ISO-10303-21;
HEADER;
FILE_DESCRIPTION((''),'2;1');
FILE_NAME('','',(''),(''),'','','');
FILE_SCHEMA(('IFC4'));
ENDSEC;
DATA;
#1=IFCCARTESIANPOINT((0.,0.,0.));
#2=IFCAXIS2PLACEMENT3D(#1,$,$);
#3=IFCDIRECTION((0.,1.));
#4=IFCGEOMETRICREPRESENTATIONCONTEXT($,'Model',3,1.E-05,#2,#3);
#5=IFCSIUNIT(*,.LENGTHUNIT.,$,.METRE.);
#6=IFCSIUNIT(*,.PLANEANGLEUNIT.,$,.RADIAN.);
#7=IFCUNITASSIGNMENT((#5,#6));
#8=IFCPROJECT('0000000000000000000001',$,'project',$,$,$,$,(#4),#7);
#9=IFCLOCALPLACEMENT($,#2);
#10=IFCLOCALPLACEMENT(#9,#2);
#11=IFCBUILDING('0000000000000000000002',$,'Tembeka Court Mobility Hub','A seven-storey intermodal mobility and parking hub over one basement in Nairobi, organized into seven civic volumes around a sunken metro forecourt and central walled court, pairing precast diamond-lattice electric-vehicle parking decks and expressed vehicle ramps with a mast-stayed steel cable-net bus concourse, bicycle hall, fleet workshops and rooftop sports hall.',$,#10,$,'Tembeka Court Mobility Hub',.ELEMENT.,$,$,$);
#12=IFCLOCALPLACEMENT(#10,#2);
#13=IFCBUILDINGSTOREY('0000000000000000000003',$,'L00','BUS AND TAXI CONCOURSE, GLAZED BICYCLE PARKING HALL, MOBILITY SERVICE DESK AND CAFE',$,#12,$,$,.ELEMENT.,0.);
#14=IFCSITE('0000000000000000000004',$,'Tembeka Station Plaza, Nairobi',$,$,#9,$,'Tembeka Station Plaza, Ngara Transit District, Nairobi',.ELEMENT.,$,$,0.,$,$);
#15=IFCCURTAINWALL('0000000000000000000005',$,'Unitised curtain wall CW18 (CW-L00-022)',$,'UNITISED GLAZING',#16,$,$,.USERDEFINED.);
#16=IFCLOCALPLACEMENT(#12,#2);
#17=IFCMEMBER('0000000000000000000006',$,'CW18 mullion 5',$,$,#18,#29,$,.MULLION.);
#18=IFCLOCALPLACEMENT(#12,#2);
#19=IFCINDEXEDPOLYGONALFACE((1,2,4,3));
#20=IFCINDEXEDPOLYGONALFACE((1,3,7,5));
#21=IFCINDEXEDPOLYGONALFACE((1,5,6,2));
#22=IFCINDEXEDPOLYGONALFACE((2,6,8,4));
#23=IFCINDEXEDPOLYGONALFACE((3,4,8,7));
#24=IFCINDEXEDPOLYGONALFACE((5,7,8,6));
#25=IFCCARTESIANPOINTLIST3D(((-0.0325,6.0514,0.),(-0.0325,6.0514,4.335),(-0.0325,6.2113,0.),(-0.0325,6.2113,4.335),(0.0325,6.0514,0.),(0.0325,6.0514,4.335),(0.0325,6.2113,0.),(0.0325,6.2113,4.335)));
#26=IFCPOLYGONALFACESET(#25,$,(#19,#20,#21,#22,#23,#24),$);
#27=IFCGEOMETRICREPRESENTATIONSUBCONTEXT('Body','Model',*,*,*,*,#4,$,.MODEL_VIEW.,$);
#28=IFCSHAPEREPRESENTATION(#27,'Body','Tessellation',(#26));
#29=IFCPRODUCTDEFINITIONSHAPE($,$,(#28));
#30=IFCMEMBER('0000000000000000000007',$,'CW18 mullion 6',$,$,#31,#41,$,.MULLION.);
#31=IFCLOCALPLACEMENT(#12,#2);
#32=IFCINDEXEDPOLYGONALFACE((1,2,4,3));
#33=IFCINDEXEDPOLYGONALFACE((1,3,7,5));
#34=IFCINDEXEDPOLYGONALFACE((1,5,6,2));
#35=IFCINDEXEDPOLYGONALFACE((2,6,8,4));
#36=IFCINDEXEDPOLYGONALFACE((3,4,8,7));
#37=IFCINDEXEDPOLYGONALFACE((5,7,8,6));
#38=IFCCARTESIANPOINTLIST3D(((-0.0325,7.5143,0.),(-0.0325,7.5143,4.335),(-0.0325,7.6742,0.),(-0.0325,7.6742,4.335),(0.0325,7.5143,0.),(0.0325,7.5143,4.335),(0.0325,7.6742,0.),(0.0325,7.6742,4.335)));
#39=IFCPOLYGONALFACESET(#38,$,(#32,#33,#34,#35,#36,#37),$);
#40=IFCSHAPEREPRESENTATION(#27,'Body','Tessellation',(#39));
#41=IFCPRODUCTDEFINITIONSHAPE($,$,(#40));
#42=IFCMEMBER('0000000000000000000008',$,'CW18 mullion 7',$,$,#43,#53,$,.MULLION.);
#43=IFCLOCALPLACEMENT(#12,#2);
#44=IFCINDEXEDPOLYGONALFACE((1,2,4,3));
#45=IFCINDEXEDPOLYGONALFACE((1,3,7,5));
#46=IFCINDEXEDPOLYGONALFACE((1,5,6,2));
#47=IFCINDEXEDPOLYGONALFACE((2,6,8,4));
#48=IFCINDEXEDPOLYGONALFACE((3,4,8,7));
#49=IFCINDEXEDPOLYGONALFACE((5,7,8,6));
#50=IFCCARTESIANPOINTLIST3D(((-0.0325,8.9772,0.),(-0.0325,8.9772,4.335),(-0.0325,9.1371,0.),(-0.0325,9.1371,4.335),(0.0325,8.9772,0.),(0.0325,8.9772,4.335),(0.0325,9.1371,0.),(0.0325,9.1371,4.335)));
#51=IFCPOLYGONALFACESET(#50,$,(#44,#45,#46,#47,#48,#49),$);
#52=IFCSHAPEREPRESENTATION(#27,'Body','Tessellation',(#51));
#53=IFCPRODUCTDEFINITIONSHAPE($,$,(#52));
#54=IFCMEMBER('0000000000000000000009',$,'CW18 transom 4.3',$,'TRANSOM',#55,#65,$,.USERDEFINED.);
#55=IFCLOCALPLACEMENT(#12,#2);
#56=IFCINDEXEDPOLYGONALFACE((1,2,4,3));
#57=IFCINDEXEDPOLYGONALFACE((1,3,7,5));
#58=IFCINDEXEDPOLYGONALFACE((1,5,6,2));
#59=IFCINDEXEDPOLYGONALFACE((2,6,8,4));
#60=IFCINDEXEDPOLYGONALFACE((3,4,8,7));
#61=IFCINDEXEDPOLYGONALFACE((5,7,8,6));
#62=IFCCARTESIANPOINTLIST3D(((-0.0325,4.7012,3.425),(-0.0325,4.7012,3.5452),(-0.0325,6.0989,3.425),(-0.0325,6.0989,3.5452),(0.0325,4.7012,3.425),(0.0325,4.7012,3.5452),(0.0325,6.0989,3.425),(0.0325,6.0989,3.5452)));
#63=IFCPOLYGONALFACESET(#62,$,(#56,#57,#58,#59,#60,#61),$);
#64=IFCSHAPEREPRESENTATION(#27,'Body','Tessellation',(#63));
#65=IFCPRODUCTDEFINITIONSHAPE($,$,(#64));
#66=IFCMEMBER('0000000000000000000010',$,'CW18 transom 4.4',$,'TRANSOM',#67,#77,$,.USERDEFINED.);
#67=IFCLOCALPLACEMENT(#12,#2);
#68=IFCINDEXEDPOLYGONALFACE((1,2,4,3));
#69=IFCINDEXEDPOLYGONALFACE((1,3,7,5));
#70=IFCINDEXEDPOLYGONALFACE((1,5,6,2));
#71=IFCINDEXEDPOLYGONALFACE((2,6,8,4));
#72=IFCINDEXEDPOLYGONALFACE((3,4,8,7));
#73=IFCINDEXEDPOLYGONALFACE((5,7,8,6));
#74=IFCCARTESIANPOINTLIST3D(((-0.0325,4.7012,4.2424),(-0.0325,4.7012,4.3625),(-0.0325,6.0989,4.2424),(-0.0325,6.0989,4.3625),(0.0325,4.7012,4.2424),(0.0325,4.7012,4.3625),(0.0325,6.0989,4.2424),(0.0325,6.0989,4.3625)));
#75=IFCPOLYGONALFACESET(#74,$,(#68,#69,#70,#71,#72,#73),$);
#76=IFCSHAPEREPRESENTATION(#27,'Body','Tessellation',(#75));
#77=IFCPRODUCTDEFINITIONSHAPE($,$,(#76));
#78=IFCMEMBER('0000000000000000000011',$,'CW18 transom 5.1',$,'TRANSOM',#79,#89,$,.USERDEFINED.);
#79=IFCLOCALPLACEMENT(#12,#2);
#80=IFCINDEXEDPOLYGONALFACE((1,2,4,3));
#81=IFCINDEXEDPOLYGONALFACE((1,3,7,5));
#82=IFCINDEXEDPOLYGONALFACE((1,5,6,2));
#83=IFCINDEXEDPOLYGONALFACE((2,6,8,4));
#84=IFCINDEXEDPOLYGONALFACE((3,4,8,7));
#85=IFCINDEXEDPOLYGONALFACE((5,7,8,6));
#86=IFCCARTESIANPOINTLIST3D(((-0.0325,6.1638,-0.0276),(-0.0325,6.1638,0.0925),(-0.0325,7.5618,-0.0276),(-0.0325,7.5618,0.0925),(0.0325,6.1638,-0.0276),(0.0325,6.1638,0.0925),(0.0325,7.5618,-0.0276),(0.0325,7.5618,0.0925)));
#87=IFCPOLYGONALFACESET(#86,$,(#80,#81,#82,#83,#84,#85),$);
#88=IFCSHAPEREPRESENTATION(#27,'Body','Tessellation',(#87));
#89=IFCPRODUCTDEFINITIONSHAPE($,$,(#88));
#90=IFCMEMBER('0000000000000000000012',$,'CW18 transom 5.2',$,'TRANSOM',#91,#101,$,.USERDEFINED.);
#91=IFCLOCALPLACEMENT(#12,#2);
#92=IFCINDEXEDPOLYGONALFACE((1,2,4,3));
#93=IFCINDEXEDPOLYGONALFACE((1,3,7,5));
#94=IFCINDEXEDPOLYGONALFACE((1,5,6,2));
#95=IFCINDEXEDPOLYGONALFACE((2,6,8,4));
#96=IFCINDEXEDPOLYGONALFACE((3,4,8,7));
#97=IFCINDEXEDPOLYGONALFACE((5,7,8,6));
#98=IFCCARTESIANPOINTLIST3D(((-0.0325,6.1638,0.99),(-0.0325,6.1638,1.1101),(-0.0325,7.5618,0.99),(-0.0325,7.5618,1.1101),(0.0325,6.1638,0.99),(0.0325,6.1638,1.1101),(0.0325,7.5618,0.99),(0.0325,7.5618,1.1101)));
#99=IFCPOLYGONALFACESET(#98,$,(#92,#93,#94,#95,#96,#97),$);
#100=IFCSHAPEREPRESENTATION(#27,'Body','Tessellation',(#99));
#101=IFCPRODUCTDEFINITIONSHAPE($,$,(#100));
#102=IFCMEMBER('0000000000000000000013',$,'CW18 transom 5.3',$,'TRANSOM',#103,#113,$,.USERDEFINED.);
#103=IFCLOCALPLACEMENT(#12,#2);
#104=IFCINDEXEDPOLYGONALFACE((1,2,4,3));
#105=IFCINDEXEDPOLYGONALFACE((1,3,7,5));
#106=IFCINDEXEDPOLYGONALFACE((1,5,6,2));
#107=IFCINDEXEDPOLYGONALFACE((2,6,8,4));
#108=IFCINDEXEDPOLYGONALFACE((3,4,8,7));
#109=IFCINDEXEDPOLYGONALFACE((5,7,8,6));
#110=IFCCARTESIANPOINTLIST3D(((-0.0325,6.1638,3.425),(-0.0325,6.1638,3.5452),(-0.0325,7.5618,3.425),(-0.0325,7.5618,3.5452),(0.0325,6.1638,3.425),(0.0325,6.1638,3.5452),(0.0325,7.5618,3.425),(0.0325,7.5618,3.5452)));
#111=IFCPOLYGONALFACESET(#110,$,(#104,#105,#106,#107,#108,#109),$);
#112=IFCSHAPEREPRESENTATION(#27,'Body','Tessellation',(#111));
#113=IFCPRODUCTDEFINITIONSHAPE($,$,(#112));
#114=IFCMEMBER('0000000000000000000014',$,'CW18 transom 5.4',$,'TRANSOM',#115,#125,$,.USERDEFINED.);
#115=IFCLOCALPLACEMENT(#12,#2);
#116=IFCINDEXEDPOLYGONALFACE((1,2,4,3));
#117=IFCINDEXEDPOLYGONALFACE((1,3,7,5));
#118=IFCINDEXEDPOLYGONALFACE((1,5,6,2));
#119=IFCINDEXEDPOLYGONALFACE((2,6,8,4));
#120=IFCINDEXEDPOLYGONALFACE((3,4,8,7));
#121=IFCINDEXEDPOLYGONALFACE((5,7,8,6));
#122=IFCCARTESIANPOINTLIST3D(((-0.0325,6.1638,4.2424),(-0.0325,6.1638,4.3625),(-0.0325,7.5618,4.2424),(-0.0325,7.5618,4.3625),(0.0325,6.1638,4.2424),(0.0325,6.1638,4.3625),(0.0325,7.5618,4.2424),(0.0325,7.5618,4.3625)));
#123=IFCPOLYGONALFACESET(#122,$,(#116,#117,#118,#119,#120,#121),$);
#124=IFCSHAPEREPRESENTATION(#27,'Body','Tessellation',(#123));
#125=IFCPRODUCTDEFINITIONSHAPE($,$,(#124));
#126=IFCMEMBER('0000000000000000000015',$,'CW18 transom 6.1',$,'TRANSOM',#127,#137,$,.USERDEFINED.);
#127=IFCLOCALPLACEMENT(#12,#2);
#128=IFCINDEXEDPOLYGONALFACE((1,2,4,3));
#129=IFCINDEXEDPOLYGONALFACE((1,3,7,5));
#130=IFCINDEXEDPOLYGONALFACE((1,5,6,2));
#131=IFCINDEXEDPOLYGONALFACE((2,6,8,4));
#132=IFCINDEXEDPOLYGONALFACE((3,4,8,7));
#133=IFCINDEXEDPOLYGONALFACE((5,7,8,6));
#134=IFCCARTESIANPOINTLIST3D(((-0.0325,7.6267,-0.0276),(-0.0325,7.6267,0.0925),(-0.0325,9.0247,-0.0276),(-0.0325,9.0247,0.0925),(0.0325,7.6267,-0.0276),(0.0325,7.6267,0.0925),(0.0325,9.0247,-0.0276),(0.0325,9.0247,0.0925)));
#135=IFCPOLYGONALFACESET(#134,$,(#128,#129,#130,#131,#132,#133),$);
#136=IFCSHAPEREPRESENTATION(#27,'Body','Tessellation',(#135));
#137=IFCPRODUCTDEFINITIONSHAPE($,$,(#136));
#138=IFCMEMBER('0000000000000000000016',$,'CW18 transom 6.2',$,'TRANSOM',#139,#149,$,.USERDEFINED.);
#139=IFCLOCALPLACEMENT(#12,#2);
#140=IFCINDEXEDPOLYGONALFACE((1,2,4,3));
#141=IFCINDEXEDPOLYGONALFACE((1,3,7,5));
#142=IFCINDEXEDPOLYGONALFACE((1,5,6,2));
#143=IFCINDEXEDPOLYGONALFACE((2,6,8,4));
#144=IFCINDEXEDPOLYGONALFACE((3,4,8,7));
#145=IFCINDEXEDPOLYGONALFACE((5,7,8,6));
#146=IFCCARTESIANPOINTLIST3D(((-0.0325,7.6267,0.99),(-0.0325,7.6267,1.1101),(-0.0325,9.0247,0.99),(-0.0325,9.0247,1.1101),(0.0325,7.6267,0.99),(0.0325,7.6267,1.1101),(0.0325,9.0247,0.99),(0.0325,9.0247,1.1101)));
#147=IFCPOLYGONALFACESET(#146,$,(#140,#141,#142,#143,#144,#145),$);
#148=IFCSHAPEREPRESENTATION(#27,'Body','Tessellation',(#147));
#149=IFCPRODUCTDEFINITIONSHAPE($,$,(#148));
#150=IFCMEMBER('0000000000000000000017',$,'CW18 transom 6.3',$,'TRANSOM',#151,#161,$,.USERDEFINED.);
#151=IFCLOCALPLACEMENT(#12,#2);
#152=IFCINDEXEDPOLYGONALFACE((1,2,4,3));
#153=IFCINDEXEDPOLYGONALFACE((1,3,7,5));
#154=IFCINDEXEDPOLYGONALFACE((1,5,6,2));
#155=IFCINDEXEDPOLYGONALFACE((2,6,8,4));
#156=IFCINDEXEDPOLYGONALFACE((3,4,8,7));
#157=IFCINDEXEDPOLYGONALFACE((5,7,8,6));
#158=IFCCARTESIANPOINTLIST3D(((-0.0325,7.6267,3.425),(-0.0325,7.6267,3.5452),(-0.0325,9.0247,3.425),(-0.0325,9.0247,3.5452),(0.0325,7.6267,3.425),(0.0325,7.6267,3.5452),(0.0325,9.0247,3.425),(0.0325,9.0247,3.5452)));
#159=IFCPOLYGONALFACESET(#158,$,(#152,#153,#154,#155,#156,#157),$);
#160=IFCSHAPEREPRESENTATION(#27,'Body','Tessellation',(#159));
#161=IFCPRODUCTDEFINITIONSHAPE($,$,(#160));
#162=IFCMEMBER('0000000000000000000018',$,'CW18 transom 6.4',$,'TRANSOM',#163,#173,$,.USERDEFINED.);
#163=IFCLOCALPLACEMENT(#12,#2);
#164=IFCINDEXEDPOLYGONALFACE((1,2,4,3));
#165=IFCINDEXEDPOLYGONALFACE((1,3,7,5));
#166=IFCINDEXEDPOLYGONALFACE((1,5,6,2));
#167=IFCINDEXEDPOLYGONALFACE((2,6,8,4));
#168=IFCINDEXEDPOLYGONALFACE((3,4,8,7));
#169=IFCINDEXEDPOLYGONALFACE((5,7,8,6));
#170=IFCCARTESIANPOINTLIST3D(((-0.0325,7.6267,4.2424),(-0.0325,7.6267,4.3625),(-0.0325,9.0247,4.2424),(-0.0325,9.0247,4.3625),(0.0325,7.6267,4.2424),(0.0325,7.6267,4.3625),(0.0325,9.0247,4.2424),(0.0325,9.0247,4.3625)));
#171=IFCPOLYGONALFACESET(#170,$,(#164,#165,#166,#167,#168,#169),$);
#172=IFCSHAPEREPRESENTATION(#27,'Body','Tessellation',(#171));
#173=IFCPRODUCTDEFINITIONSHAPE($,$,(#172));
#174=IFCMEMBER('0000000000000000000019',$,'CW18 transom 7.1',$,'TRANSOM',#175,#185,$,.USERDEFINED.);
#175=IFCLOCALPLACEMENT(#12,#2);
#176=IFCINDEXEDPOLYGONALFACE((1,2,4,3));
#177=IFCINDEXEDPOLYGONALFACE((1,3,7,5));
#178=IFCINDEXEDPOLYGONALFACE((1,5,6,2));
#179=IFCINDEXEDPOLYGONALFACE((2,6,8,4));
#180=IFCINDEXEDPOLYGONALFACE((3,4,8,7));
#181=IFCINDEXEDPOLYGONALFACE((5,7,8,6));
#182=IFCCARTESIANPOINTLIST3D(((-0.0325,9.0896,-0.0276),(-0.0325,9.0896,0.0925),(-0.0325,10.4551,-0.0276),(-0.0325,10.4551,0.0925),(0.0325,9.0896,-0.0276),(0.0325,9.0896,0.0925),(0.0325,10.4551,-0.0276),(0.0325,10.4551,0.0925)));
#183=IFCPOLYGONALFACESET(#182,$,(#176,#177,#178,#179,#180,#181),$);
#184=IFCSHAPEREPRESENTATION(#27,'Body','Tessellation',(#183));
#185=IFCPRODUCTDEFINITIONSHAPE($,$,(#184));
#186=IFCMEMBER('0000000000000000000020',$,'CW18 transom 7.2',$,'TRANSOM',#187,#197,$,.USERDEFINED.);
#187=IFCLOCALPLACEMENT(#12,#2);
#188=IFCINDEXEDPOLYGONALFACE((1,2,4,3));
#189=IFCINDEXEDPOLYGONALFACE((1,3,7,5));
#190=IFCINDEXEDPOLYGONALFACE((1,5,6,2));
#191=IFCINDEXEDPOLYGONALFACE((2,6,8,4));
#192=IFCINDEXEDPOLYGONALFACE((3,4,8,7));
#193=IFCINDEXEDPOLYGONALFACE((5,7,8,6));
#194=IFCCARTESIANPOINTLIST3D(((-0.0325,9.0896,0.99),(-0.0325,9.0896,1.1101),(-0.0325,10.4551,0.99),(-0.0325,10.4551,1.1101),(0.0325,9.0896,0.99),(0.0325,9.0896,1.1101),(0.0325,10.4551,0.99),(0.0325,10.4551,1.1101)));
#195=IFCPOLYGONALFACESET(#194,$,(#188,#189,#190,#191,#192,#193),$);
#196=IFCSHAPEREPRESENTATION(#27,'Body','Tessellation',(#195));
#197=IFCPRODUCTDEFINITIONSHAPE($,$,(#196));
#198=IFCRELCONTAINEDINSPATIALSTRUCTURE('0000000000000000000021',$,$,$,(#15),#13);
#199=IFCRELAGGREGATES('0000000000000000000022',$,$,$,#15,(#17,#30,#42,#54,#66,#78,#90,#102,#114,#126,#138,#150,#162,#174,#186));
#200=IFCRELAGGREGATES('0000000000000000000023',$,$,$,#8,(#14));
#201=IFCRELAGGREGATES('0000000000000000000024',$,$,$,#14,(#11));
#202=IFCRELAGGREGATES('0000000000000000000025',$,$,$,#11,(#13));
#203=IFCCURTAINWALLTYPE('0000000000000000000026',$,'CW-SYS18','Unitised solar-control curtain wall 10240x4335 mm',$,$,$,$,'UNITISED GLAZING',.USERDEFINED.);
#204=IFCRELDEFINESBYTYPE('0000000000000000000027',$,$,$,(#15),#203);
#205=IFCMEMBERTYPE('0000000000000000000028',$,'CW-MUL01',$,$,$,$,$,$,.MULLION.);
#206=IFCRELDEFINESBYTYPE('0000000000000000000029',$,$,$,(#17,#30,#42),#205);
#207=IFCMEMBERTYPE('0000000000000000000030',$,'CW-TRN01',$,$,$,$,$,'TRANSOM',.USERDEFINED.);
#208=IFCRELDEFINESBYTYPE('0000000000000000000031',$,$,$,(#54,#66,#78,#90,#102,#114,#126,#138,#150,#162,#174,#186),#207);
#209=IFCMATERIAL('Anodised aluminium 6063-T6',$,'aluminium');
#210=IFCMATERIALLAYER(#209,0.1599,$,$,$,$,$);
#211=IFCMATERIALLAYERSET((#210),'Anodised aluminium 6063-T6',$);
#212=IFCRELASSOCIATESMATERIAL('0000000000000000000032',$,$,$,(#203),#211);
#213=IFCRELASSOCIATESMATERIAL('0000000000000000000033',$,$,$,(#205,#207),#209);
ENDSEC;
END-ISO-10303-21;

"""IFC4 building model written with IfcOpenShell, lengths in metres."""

from ifc_helpers import new_model, si_unit, direction, frame, origin, origin_2d, place, context, subcontext, project, spatial, rectangle, extrude, material, layer, layer_set, material_profile, profile_set, type_object, element, aggregate, save


model = new_model("IFC4")

# Units and contexts
model_context = context("Model", 3, precision=1e-05, world=origin(), true_north=direction((0.0, 1.0)))
body_context = subcontext(model_context, "Body", "Model", "MODEL_VIEW")
ifc_project = project(units=[si_unit("LENGTHUNIT", "METRE"), si_unit("PLANEANGLEUNIT", "RADIAN")], contexts=[model_context])

# Site, building, storey
site_placement = place(None, origin())
site = spatial("IfcSite", under=ifc_project, at=site_placement, Name="Tembeka Station Plaza, Nairobi", LongName="Tembeka Station Plaza, Ngara Transit District, Nairobi", CompositionType="ELEMENT", RefElevation=0.0)
building_placement = place(site_placement, origin())
building = spatial("IfcBuilding", under=site, at=building_placement, Name="Tembeka Court Mobility Hub", Description="A seven-storey intermodal mobility and parking hub over one basement in Nairobi, organized into seven civic volumes around a sunken metro forecourt and central walled court, pairing precast diamond-lattice electric-vehicle parking decks and expressed vehicle ramps with a mast-stayed steel cable-net bus concourse, bicycle hall, fleet workshops and rooftop sports hall.", LongName="Tembeka Court Mobility Hub", CompositionType="ELEMENT")
storey_placement = place(building_placement, origin())
storey = spatial("IfcBuildingStorey", under=building, at=storey_placement, Name="L00", Description="BUS AND TAXI CONCOURSE, GLAZED BICYCLE PARKING HALL, MOBILITY SERVICE DESK AND CAFE", CompositionType="ELEMENT", Elevation=0.0)

# Curtain wall, members
ifc_material_1 = material(Name="Anodised aluminium 6063-T6", Category="aluminium")
ifc_layer_1 = layer(ifc_material_1, 0.1599)
ifc_layer_set_1 = layer_set([ifc_layer_1], Name="Anodised aluminium 6063-T6")
curtain_wall_type = type_object("IfcCurtainWallType", Name="CW-SYS18", Description="Unitised solar-control curtain wall 10240x4335 mm", ElementType="UNITISED GLAZING", PredefinedType="USERDEFINED", material=ifc_layer_set_1)
curtain_wall_placement = place(storey_placement, origin())
curtain_wall = element("IfcCurtainWall", 1, at=curtain_wall_placement, inside=storey, type_object=curtain_wall_type, Name="Unitised curtain wall CW18 (CW-L00-022)", ObjectType="UNITISED GLAZING", PredefinedType="USERDEFINED")
ifc_material_profile_1 = material_profile(ifc_material_1, rectangle(XDim=0.0649, YDim=0.1599, at=origin_2d()), Name="ALU-MUL 65x160")
ifc_profile_set_1 = profile_set([ifc_material_profile_1], Name="Anodised aluminium 6063-T6")
member_type_1 = type_object("IfcMemberType", Name="CW-MUL01", PredefinedType="MULLION", material=ifc_profile_set_1)
member_1_placement = place(storey_placement, frame((0.0, 6.1313, 0.0), z_axis=(0.0, 0.0, 1.0), x_axis=(-1.0, 0.0, 0.0)))
member_1 = element("IfcMember", 2, at=member_1_placement, type_object=member_type_1, Name="CW18 mullion 5", PredefinedType="MULLION", context=body_context, shape_type="SweptSolid", body=[
    extrude(rectangle(XDim=0.0649, YDim=0.1599, at=origin_2d()), origin(), (0.0, 0.0, 1.0), 4.335),
])
member_2_placement = place(storey_placement, frame((0.0, 7.5942, 0.0), z_axis=(0.0, 0.0, 1.0), x_axis=(-1.0, 0.0, 0.0)))
member_2 = element("IfcMember", 3, at=member_2_placement, type_object=member_type_1, Name="CW18 mullion 6", PredefinedType="MULLION", context=body_context, shape_type="SweptSolid", body=[
    extrude(rectangle(XDim=0.0649, YDim=0.1599, at=origin_2d()), origin(), (0.0, 0.0, 1.0), 4.335),
])
member_3_placement = place(storey_placement, frame((0.0, 9.0571, 0.0), z_axis=(0.0, 0.0, 1.0), x_axis=(-1.0, 0.0, 0.0)))
member_3 = element("IfcMember", 4, at=member_3_placement, type_object=member_type_1, Name="CW18 mullion 7", PredefinedType="MULLION", context=body_context, shape_type="SweptSolid", body=[
    extrude(rectangle(XDim=0.0649, YDim=0.1599, at=origin_2d()), origin(), (0.0, 0.0, 1.0), 4.335),
])
ifc_material_profile_2 = material_profile(ifc_material_1, rectangle(XDim=0.0649, YDim=0.1201, at=origin_2d()), Name="ALU-TRN 65x120")
ifc_profile_set_2 = profile_set([ifc_material_profile_2], Name="Anodised aluminium 6063-T6")
member_type_2 = type_object("IfcMemberType", Name="CW-TRN01", ElementType="TRANSOM", PredefinedType="USERDEFINED", material=ifc_profile_set_2)
member_4_placement = place(storey_placement, frame((0.0, 4.7012, 3.4851), z_axis=(0.0, 1.0, 0.0), x_axis=(-1.0, 0.0, 0.0)))
member_4 = element("IfcMember", 5, at=member_4_placement, type_object=member_type_2, Name="CW18 transom 4.3", ObjectType="TRANSOM", PredefinedType="USERDEFINED", context=body_context, shape_type="SweptSolid", body=[
    extrude(rectangle(XDim=0.0649, YDim=0.1201, at=origin_2d()), origin(), (0.0, 0.0, 1.0), 1.3977),
])
member_5_placement = place(storey_placement, frame((0.0, 4.7012, 4.3025), z_axis=(0.0, 1.0, 0.0), x_axis=(-1.0, 0.0, 0.0)))
member_5 = element("IfcMember", 6, at=member_5_placement, type_object=member_type_2, Name="CW18 transom 4.4", ObjectType="TRANSOM", PredefinedType="USERDEFINED", context=body_context, shape_type="SweptSolid", body=[
    extrude(rectangle(XDim=0.0649, YDim=0.1201, at=origin_2d()), origin(), (0.0, 0.0, 1.0), 1.3977),
])
member_6_placement = place(storey_placement, frame((0.0, 6.1638, 0.0325), z_axis=(0.0, 1.0, 0.0), x_axis=(-1.0, 0.0, 0.0)))
member_6 = element("IfcMember", 7, at=member_6_placement, type_object=member_type_2, Name="CW18 transom 5.1", ObjectType="TRANSOM", PredefinedType="USERDEFINED", context=body_context, shape_type="SweptSolid", body=[
    extrude(rectangle(XDim=0.0649, YDim=0.1201, at=origin_2d()), origin(), (0.0, 0.0, 1.0), 1.3979),
])
member_7_placement = place(storey_placement, frame((0.0, 6.1638, 1.05), z_axis=(0.0, 1.0, 0.0), x_axis=(-1.0, 0.0, 0.0)))
member_7 = element("IfcMember", 8, at=member_7_placement, type_object=member_type_2, Name="CW18 transom 5.2", ObjectType="TRANSOM", PredefinedType="USERDEFINED", context=body_context, shape_type="SweptSolid", body=[
    extrude(rectangle(XDim=0.0649, YDim=0.1201, at=origin_2d()), origin(), (0.0, 0.0, 1.0), 1.3979),
])
member_8_placement = place(storey_placement, frame((0.0, 6.1638, 3.4851), z_axis=(0.0, 1.0, 0.0), x_axis=(-1.0, 0.0, 0.0)))
member_8 = element("IfcMember", 9, at=member_8_placement, type_object=member_type_2, Name="CW18 transom 5.3", ObjectType="TRANSOM", PredefinedType="USERDEFINED", context=body_context, shape_type="SweptSolid", body=[
    extrude(rectangle(XDim=0.0649, YDim=0.1201, at=origin_2d()), origin(), (0.0, 0.0, 1.0), 1.3979),
])
member_9_placement = place(storey_placement, frame((0.0, 6.1638, 4.3025), z_axis=(0.0, 1.0, 0.0), x_axis=(-1.0, 0.0, 0.0)))
member_9 = element("IfcMember", 10, at=member_9_placement, type_object=member_type_2, Name="CW18 transom 5.4", ObjectType="TRANSOM", PredefinedType="USERDEFINED", context=body_context, shape_type="SweptSolid", body=[
    extrude(rectangle(XDim=0.0649, YDim=0.1201, at=origin_2d()), origin(), (0.0, 0.0, 1.0), 1.3979),
])
member_10_placement = place(storey_placement, frame((0.0, 7.6267, 0.0325), z_axis=(0.0, 1.0, 0.0), x_axis=(-1.0, 0.0, 0.0)))
member_10 = element("IfcMember", 11, at=member_10_placement, type_object=member_type_2, Name="CW18 transom 6.1", ObjectType="TRANSOM", PredefinedType="USERDEFINED", context=body_context, shape_type="SweptSolid", body=[
    extrude(rectangle(XDim=0.0649, YDim=0.1201, at=origin_2d()), origin(), (0.0, 0.0, 1.0), 1.3979),
])
member_11_placement = place(storey_placement, frame((0.0, 7.6267, 1.05), z_axis=(0.0, 1.0, 0.0), x_axis=(-1.0, 0.0, 0.0)))
member_11 = element("IfcMember", 12, at=member_11_placement, type_object=member_type_2, Name="CW18 transom 6.2", ObjectType="TRANSOM", PredefinedType="USERDEFINED", context=body_context, shape_type="SweptSolid", body=[
    extrude(rectangle(XDim=0.0649, YDim=0.1201, at=origin_2d()), origin(), (0.0, 0.0, 1.0), 1.3979),
])
member_12_placement = place(storey_placement, frame((0.0, 7.6267, 3.4851), z_axis=(0.0, 1.0, 0.0), x_axis=(-1.0, 0.0, 0.0)))
member_12 = element("IfcMember", 13, at=member_12_placement, type_object=member_type_2, Name="CW18 transom 6.3", ObjectType="TRANSOM", PredefinedType="USERDEFINED", context=body_context, shape_type="SweptSolid", body=[
    extrude(rectangle(XDim=0.0649, YDim=0.1201, at=origin_2d()), origin(), (0.0, 0.0, 1.0), 1.3979),
])
member_13_placement = place(storey_placement, frame((0.0, 7.6267, 4.3025), z_axis=(0.0, 1.0, 0.0), x_axis=(-1.0, 0.0, 0.0)))
member_13 = element("IfcMember", 14, at=member_13_placement, type_object=member_type_2, Name="CW18 transom 6.4", ObjectType="TRANSOM", PredefinedType="USERDEFINED", context=body_context, shape_type="SweptSolid", body=[
    extrude(rectangle(XDim=0.0649, YDim=0.1201, at=origin_2d()), origin(), (0.0, 0.0, 1.0), 1.3979),
])
member_14_placement = place(storey_placement, frame((0.0, 9.0896, 0.0325), z_axis=(0.0, 1.0, 0.0), x_axis=(-1.0, 0.0, 0.0)))
member_14 = element("IfcMember", 15, at=member_14_placement, type_object=member_type_2, Name="CW18 transom 7.1", ObjectType="TRANSOM", PredefinedType="USERDEFINED", context=body_context, shape_type="SweptSolid", body=[
    extrude(rectangle(XDim=0.0649, YDim=0.1201, at=origin_2d()), origin(), (0.0, 0.0, 1.0), 1.3655),
])
member_15_placement = place(storey_placement, frame((0.0, 9.0896, 1.05), z_axis=(0.0, 1.0, 0.0), x_axis=(-1.0, 0.0, 0.0)))
member_15 = element("IfcMember", 16, at=member_15_placement, type_object=member_type_2, Name="CW18 transom 7.2", ObjectType="TRANSOM", PredefinedType="USERDEFINED", context=body_context, shape_type="SweptSolid", body=[
    extrude(rectangle(XDim=0.0649, YDim=0.1201, at=origin_2d()), origin(), (0.0, 0.0, 1.0), 1.3655),
])
aggregate(curtain_wall, [member_1, member_2, member_3, member_4, member_5, member_6, member_7, member_8, member_9, member_10, member_11, member_12, member_13, member_14, member_15])

save(model, "model.ifc")
